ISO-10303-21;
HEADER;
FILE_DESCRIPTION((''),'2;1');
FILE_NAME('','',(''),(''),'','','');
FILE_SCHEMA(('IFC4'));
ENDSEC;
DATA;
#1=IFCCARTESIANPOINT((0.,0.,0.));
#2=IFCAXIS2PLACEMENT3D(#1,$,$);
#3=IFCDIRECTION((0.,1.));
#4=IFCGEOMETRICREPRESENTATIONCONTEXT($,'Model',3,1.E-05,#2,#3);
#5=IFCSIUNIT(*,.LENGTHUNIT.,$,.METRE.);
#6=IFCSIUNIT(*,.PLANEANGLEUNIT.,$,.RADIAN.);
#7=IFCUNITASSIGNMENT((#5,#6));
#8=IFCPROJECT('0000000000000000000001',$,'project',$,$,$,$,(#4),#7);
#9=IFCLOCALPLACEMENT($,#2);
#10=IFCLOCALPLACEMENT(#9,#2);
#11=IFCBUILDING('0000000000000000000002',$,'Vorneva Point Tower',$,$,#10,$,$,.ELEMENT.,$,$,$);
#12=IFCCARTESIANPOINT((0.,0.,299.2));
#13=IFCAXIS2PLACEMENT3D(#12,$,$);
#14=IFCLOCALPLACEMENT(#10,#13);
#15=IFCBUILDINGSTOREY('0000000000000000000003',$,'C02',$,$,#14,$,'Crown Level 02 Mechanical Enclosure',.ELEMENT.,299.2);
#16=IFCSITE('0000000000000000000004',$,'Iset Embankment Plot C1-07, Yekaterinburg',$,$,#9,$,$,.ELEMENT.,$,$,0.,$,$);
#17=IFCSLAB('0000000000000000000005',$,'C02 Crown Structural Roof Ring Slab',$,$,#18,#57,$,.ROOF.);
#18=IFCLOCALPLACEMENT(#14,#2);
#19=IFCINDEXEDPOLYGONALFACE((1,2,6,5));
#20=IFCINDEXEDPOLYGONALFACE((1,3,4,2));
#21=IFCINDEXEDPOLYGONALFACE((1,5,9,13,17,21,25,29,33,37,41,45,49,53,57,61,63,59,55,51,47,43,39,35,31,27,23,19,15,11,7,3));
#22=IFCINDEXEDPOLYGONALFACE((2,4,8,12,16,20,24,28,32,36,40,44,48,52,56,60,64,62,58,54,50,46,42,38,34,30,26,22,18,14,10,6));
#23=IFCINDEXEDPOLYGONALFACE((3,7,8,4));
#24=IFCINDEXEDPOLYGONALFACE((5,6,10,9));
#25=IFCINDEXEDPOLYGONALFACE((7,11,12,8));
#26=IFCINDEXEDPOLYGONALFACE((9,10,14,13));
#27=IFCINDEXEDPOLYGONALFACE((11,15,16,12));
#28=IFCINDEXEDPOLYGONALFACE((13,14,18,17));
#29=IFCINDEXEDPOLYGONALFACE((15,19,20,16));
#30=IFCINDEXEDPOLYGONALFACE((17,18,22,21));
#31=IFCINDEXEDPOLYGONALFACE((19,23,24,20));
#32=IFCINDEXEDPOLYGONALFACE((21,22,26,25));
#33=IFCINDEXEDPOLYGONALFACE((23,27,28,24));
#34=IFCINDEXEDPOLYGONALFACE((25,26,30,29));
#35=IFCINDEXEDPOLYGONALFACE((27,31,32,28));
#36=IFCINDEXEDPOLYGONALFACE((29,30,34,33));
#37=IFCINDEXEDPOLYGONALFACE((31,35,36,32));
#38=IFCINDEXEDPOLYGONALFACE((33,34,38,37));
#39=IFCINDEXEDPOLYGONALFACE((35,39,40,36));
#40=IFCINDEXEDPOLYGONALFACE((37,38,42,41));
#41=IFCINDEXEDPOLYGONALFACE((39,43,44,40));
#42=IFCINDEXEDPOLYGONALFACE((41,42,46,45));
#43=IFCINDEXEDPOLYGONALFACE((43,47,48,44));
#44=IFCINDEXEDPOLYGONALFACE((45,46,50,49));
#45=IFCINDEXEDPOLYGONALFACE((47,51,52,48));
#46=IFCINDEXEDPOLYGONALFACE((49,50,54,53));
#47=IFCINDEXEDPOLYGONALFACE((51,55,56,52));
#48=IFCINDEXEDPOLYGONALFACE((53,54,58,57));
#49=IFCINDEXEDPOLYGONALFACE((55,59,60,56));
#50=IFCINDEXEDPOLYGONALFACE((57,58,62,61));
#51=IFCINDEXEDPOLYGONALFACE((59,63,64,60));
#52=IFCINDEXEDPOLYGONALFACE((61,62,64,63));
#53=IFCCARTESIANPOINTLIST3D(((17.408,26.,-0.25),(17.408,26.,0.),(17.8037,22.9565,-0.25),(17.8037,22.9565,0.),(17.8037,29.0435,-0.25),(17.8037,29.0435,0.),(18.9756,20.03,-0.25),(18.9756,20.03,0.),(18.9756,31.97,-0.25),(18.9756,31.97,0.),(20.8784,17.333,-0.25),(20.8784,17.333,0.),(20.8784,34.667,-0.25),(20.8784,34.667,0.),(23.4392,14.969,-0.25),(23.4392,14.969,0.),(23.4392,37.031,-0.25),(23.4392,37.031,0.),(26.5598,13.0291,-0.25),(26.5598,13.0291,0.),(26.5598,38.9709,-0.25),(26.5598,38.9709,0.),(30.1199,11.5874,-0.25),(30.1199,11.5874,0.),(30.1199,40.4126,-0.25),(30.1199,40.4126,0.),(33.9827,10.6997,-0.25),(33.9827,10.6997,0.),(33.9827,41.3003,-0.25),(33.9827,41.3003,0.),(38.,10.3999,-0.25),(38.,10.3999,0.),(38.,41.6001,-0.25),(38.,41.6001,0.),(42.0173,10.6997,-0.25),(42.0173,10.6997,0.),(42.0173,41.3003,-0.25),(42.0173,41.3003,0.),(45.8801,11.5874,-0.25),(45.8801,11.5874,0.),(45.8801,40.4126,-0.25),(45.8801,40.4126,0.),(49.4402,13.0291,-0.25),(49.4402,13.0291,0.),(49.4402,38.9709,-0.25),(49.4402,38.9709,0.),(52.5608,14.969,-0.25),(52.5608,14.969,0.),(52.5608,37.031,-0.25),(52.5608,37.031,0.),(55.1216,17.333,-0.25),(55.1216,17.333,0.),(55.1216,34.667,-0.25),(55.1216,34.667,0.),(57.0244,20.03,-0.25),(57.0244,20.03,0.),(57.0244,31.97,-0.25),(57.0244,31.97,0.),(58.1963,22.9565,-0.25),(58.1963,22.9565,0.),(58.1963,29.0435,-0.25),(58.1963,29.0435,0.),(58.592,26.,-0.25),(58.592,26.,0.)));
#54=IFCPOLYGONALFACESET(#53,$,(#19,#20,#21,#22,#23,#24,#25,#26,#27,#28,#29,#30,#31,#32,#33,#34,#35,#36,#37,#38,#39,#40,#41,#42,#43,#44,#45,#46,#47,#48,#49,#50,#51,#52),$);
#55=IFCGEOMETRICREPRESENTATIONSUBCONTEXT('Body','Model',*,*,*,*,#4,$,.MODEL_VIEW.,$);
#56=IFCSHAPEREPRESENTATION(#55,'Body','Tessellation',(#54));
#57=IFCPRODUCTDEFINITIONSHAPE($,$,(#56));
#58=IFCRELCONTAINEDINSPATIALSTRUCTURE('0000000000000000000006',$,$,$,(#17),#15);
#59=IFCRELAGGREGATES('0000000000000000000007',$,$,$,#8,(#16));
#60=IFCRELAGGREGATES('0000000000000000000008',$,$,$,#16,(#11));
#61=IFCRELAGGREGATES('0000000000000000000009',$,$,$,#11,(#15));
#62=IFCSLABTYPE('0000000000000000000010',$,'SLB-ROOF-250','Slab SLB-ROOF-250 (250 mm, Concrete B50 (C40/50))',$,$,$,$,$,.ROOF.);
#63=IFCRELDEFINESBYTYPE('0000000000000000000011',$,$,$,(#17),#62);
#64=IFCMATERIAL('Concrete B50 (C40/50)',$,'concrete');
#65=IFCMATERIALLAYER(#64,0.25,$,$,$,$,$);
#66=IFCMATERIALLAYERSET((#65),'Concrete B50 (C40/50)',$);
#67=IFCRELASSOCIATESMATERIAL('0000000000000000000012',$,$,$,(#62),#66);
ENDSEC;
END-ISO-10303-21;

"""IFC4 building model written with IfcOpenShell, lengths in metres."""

from ifc_helpers import new_model, si_unit, direction, frame, origin, place, context, subcontext, project, spatial, polyline, outline, extrude, material, layer, layer_set, type_object, element, save


model = new_model("IFC4")

# Units and contexts
model_context = context("Model", 3, precision=1e-05, world=origin(), true_north=direction((0.0, 1.0)))
body_context = subcontext(model_context, "Body", "Model", "MODEL_VIEW")
ifc_project = project(units=[si_unit("LENGTHUNIT", "METRE"), si_unit("PLANEANGLEUNIT", "RADIAN")], contexts=[model_context])

# Site, building, storey
site_placement = place(None, origin())
site = spatial("IfcSite", under=ifc_project, at=site_placement, Name="Iset Embankment Plot C1-07, Yekaterinburg", CompositionType="ELEMENT", RefElevation=0.0)
building_placement = place(site_placement, origin())
building = spatial("IfcBuilding", under=site, at=building_placement, Name="Vorneva Point Tower", CompositionType="ELEMENT")
storey_placement = place(building_placement, frame((0.0, 0.0, 299.2)))
storey = spatial("IfcBuildingStorey", under=building, at=storey_placement, Name="C02", LongName="Crown Level 02 Mechanical Enclosure", CompositionType="ELEMENT", Elevation=299.2)

# Shared definitions
ifc_material_1 = material(Name="Concrete B50 (C40/50)", Category="concrete")

# Slab
ifc_layer_1 = layer(ifc_material_1, 0.25)
ifc_layer_set_1 = layer_set([ifc_layer_1], Name="Concrete B50 (C40/50)")
slab_type = type_object("IfcSlabType", Name="SLB-ROOF-250", Description="Slab SLB-ROOF-250 (250 mm, Concrete B50 (C40/50))", PredefinedType="ROOF", material=ifc_layer_set_1)
slab_placement = place(storey_placement, frame((0.0, 0.0, -0.25)))
element("IfcSlab", 1, at=slab_placement, inside=storey, type_object=slab_type, Name="C02 Crown Structural Roof Ring Slab", PredefinedType="ROOF", context=body_context, shape_type="SweptSolid", body=[
    extrude(outline(polyline([(58.592, 26.0), (58.1963, 29.0435), (57.0244, 31.97), (55.1216, 34.667), (52.5608, 37.031), (49.4402, 38.9709), (45.8801, 40.4126), (42.0173, 41.3003), (38.0, 41.6001), (33.9827, 41.3003), (30.1199, 40.4126), (26.5598, 38.9709), (23.4392, 37.031), (20.8784, 34.667), (18.9756, 31.97), (17.8037, 29.0435), (17.408, 26.0), (17.8037, 22.9565), (18.9756, 20.03), (20.8784, 17.333), (23.4392, 14.969), (26.5598, 13.0291), (30.1199, 11.5874), (33.9827, 10.6997), (38.0, 10.3999), (42.0173, 10.6997), (45.8801, 11.5874), (49.4402, 13.0291), (52.5608, 14.969), (55.1216, 17.333), (57.0244, 20.03), (58.1963, 22.9565), (58.592, 26.0)])), origin(), (0.0, 0.0, 1.0), 0.25),
])

save(model, "model.ifc")
